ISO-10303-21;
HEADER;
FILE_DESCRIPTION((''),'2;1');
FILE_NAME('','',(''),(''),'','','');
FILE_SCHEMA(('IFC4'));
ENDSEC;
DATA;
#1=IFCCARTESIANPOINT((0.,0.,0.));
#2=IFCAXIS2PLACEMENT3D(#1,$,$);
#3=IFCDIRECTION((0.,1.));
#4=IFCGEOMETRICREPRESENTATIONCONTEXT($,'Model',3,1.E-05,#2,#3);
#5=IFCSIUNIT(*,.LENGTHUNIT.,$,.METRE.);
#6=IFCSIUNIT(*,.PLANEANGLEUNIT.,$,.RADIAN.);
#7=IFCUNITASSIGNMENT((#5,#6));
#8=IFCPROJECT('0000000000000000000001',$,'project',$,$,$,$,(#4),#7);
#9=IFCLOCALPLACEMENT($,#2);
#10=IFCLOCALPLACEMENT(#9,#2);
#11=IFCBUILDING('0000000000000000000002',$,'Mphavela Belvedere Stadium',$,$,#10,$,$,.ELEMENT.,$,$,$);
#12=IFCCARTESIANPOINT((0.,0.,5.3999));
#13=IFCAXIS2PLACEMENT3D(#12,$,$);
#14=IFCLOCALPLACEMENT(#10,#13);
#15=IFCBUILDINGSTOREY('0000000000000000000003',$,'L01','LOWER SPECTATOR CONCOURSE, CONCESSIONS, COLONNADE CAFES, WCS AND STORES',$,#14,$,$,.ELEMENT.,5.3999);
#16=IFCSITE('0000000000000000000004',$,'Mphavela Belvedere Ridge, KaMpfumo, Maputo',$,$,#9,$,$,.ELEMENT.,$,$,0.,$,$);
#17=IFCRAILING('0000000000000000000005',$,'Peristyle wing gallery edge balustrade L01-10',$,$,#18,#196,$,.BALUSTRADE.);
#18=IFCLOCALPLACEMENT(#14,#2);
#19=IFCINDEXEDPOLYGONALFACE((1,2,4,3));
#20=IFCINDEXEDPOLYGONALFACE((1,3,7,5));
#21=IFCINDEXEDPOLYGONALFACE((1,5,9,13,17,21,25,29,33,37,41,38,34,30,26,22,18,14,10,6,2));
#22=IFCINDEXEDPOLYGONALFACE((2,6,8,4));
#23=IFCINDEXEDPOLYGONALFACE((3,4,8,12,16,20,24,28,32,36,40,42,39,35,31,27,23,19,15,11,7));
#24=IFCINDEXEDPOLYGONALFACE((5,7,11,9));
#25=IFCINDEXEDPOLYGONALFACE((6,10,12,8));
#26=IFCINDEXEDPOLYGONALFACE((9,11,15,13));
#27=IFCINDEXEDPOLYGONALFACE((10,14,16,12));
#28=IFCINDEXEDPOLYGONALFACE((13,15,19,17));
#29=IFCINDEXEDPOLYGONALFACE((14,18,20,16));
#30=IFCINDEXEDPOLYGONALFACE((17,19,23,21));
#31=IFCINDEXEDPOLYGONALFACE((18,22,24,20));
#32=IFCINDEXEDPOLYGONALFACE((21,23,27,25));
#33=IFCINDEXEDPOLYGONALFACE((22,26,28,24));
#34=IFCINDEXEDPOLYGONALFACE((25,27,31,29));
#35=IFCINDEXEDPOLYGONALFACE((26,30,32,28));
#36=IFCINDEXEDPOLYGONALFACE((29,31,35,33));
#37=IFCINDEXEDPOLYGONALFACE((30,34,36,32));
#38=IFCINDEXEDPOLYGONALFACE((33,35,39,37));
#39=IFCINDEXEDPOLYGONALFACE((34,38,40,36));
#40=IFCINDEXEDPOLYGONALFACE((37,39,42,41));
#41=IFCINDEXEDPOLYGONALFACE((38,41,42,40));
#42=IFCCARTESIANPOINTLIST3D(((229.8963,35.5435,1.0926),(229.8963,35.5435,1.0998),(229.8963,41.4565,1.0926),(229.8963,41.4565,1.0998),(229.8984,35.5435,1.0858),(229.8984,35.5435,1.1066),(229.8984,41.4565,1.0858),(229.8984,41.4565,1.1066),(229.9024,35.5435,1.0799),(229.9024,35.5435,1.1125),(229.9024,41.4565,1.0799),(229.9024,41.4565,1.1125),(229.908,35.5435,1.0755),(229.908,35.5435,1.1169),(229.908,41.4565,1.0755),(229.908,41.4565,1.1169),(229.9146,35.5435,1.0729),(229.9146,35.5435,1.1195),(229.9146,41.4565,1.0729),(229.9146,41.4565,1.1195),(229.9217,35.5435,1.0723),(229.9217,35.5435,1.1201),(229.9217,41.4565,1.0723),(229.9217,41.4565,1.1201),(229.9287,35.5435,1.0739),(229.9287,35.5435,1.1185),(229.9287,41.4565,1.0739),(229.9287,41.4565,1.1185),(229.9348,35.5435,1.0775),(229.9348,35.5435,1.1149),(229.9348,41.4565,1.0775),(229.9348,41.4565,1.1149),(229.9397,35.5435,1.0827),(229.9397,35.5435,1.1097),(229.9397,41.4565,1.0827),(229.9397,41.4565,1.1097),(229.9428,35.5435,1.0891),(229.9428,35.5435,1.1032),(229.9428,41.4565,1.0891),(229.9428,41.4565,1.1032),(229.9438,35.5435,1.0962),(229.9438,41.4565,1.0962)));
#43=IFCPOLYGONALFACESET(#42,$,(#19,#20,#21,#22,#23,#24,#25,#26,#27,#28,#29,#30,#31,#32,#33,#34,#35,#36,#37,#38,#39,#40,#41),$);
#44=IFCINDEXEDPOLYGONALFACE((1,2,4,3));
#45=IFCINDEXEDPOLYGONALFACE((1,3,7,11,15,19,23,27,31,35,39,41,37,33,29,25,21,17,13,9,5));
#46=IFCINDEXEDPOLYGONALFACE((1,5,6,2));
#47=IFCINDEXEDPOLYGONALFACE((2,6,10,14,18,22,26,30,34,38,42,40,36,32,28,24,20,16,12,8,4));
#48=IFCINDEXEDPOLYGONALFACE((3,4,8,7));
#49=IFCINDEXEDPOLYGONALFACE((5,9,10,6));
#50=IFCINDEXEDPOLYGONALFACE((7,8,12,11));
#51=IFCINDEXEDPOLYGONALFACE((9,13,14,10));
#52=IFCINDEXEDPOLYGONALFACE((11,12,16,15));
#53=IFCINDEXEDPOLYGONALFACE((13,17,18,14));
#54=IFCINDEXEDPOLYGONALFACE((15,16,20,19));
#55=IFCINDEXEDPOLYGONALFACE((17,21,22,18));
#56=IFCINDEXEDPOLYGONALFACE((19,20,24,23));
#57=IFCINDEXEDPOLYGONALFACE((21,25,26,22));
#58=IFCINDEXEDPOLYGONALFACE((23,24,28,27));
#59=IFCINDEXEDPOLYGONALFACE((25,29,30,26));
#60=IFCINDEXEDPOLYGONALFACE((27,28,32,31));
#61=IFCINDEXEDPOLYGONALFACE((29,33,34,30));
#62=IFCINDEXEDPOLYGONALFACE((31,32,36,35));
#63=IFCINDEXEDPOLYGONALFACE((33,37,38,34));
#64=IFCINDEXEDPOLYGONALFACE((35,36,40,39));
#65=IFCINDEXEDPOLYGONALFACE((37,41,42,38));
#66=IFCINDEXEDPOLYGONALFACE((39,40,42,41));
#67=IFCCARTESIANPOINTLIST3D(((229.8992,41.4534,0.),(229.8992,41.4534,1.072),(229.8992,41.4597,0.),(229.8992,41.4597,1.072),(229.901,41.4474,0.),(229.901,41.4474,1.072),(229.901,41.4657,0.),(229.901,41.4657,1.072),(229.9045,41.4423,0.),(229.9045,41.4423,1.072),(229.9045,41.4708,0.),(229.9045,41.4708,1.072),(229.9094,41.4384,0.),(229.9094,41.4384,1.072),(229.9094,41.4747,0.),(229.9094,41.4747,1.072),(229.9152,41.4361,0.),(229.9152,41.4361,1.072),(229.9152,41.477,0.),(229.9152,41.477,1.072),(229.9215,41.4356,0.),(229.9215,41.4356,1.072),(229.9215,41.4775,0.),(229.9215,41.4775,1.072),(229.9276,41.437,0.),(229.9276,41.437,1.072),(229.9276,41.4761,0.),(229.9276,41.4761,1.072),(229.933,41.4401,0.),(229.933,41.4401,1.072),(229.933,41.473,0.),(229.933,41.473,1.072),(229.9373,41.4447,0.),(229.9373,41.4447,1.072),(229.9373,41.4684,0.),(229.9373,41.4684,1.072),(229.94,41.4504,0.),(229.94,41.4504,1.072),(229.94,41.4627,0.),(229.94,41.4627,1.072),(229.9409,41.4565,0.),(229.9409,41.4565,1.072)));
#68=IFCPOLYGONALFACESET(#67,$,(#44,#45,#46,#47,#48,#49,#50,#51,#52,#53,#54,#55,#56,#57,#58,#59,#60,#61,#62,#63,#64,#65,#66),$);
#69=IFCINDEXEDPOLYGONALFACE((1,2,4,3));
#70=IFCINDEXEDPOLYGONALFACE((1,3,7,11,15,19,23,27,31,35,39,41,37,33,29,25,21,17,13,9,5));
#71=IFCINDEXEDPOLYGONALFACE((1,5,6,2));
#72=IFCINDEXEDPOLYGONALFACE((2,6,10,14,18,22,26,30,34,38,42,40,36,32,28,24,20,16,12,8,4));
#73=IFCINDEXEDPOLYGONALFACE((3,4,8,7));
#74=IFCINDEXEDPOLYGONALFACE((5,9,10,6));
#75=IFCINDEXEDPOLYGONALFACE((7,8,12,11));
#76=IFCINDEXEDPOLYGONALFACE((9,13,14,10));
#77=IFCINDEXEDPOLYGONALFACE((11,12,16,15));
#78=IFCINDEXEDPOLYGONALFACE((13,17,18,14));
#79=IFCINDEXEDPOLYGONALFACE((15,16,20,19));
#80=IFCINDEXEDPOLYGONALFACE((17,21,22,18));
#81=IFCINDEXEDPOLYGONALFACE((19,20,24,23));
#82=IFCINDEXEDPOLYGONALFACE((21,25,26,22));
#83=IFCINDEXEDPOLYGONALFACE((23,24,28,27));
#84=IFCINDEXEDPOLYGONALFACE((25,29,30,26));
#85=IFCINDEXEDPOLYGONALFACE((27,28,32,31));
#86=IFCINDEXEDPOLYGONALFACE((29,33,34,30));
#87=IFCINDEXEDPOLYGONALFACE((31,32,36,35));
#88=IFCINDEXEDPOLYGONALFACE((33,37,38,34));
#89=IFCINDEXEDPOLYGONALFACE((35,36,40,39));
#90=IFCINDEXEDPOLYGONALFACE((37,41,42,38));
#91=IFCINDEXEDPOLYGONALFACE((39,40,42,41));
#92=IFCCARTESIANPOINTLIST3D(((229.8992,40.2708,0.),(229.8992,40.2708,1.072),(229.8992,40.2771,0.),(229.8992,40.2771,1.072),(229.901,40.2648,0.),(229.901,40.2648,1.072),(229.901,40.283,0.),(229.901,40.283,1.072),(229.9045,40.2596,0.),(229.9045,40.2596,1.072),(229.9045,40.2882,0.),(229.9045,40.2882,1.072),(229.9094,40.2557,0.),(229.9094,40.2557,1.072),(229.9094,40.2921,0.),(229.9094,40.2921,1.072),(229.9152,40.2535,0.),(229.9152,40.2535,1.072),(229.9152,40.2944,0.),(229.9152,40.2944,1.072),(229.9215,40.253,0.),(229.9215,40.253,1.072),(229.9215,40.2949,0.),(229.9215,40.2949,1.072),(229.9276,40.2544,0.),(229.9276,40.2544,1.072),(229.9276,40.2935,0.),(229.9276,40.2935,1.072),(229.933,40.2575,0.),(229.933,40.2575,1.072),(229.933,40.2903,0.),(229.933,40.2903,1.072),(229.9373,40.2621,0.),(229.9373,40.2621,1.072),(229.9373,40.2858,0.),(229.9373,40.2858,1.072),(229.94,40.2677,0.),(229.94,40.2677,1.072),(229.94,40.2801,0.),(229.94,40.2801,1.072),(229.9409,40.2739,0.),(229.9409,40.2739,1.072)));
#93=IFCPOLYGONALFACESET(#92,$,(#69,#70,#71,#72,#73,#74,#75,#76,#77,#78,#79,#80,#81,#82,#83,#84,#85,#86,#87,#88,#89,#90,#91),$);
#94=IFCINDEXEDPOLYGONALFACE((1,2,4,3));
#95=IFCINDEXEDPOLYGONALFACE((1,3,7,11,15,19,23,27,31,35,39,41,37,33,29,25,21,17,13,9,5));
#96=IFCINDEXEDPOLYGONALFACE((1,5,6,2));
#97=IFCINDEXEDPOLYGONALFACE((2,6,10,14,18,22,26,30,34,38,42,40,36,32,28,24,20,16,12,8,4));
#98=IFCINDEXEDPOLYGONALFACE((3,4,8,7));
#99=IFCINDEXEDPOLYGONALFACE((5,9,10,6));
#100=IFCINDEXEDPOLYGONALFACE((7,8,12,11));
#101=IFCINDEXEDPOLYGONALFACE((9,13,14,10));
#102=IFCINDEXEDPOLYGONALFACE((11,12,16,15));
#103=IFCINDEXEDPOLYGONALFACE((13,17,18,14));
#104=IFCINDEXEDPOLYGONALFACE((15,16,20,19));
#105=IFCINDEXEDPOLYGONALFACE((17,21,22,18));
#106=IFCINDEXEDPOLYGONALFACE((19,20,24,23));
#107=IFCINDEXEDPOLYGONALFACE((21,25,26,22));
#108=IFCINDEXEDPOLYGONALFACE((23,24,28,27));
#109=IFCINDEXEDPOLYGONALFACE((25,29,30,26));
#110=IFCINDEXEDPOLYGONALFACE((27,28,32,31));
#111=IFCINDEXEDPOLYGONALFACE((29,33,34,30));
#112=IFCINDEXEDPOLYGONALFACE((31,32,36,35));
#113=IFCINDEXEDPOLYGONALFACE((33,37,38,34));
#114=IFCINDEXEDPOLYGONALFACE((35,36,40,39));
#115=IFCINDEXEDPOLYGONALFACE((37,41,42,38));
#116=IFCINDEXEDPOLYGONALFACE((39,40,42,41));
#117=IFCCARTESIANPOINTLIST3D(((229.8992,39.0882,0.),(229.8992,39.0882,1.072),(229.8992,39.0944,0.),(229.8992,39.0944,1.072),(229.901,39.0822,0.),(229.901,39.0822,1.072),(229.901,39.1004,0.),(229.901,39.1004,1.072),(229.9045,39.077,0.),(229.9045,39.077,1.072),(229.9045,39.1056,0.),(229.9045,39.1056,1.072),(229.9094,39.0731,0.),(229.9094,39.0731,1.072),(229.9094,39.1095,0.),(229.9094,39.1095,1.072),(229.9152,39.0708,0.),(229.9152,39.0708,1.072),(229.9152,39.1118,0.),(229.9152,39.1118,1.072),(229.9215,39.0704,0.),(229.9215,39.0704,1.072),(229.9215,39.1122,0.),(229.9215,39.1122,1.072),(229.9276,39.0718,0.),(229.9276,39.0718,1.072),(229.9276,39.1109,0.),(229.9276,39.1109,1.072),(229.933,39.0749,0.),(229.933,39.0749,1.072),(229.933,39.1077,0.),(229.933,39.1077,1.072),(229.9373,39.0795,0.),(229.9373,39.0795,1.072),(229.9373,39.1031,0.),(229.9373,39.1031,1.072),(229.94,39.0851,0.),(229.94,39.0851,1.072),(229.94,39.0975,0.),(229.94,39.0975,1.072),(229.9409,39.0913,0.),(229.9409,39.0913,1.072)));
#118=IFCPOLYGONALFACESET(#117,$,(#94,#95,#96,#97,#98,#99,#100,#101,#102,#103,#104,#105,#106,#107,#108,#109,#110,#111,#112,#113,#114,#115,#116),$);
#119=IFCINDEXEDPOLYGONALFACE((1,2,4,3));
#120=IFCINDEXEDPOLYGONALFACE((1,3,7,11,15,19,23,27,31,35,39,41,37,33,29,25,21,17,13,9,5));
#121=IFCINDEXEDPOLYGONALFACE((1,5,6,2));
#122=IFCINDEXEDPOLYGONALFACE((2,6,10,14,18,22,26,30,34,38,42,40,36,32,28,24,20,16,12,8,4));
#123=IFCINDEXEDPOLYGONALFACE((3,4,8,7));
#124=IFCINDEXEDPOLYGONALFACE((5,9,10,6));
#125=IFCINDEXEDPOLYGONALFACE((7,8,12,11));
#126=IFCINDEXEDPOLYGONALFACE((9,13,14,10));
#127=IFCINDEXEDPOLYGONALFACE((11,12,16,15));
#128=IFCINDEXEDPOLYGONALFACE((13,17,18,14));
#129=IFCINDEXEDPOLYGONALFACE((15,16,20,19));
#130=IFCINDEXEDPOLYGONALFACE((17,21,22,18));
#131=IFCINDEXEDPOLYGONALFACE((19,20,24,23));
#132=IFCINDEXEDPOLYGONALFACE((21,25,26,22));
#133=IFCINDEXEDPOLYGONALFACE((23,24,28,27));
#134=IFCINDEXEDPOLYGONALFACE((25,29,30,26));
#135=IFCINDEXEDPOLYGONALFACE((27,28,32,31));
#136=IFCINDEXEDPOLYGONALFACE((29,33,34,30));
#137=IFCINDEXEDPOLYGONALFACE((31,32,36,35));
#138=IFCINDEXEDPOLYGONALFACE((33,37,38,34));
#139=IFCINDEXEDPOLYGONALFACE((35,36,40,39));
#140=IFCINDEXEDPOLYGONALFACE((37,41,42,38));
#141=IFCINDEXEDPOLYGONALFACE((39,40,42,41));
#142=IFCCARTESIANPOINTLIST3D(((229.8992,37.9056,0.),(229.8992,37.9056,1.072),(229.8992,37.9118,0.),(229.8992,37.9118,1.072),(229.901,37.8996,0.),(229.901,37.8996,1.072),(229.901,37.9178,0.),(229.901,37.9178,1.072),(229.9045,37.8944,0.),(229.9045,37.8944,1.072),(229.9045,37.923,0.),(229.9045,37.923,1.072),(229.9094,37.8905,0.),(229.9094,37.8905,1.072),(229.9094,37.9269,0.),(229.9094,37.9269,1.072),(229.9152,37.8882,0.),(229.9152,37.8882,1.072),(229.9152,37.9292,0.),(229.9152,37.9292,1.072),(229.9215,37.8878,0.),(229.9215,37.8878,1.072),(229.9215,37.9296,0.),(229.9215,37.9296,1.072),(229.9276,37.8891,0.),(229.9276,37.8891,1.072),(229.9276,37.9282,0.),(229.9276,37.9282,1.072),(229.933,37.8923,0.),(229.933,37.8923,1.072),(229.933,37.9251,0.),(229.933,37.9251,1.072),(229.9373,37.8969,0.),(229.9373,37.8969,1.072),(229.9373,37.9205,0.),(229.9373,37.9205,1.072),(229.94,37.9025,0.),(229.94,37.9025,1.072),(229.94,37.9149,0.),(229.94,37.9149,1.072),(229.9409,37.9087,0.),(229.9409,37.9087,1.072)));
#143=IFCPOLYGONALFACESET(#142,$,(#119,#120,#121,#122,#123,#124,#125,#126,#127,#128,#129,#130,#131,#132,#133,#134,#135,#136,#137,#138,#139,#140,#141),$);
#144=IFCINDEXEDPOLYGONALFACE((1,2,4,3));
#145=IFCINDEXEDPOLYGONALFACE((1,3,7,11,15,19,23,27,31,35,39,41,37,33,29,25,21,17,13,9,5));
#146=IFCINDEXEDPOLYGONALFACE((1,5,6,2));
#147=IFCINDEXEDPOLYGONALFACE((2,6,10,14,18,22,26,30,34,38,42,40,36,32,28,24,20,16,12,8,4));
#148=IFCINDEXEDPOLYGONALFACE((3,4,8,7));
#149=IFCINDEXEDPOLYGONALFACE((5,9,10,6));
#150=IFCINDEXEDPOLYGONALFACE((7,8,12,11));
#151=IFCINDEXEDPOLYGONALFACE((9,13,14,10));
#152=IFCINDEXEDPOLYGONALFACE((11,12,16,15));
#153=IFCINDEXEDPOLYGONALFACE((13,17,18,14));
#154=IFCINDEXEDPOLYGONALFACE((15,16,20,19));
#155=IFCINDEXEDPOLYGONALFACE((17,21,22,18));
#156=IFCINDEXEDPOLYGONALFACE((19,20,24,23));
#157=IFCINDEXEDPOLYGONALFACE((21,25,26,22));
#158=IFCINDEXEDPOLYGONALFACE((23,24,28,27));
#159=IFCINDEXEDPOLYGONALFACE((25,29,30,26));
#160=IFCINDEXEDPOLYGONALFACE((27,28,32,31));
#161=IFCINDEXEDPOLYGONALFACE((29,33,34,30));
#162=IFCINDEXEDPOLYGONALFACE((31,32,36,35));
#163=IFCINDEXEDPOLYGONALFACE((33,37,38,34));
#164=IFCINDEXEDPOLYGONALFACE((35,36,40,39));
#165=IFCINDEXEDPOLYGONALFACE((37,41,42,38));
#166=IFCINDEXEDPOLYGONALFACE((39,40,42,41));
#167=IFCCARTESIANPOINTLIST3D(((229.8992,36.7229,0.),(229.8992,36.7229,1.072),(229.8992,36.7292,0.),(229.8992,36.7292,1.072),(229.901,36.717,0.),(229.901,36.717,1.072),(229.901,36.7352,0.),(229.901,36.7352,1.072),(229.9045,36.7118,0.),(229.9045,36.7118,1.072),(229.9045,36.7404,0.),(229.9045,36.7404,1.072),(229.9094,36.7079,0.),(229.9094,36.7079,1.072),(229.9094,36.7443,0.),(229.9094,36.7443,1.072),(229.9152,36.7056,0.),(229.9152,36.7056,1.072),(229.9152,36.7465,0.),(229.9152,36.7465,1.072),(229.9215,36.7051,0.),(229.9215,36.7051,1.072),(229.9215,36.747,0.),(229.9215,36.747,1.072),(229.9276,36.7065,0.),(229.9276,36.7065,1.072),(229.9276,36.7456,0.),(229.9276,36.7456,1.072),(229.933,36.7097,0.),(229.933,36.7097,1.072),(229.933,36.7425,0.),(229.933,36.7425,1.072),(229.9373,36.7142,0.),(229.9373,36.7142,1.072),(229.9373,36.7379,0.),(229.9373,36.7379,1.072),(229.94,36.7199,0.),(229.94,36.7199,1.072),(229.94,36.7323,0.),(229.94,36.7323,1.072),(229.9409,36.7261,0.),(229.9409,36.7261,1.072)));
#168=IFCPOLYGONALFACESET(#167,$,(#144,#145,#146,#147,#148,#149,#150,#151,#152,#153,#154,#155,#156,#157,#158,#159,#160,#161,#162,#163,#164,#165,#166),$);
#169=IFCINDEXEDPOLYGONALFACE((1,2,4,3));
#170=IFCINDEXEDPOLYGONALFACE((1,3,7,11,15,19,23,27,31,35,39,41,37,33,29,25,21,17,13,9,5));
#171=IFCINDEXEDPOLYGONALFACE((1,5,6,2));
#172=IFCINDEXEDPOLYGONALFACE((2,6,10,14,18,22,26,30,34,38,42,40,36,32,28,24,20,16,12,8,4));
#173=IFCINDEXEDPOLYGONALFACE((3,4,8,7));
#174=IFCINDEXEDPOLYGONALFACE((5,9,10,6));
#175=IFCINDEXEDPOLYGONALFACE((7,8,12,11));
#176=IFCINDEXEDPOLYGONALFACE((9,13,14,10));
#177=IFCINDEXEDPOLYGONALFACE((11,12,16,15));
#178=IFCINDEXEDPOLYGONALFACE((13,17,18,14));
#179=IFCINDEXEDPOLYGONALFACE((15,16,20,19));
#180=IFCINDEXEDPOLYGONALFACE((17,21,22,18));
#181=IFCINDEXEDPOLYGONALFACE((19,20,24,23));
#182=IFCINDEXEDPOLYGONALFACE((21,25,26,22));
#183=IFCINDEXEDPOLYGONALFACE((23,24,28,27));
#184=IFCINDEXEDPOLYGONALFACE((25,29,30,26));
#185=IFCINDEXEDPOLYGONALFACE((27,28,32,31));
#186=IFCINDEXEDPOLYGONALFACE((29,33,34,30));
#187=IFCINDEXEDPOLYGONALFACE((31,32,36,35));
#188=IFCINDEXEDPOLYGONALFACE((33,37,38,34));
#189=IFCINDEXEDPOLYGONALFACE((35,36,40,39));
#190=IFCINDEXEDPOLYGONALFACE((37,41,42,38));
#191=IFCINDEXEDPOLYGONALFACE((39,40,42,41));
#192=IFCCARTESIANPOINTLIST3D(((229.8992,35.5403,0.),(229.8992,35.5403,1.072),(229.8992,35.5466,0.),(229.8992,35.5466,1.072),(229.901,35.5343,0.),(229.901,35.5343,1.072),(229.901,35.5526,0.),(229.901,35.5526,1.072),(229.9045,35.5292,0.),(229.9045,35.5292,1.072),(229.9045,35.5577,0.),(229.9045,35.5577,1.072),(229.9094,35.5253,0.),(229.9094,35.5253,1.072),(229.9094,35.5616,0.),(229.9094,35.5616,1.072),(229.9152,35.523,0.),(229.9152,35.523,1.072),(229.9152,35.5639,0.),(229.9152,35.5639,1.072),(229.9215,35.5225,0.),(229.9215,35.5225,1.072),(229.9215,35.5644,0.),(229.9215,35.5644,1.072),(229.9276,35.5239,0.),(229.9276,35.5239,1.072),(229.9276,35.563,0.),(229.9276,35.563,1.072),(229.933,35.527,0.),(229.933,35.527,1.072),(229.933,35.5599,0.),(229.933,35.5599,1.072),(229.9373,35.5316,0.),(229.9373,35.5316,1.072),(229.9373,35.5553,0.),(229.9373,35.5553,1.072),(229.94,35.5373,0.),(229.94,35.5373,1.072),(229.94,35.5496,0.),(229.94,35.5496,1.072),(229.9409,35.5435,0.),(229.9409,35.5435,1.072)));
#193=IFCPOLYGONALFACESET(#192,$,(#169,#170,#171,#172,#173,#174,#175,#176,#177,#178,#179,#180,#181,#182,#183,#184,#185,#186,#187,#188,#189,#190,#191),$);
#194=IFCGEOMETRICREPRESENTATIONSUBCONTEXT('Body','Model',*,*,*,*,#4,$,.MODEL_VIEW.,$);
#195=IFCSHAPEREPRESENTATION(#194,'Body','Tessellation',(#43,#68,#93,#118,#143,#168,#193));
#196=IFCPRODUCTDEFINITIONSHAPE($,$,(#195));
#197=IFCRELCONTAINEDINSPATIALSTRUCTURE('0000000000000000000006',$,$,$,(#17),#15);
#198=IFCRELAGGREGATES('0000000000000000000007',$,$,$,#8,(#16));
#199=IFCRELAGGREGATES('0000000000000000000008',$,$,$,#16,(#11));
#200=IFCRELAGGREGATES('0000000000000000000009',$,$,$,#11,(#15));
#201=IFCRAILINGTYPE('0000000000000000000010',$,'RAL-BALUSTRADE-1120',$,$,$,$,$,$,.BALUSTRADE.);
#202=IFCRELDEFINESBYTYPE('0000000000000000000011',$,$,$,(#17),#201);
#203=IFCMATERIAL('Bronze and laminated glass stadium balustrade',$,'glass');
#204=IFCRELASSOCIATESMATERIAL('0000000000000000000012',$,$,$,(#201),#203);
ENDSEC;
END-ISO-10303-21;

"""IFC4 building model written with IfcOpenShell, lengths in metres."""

from ifc_helpers import new_model, si_unit, direction, frame, origin, origin_2d, place, context, subcontext, project, spatial, circle, extrude, material, type_object, element, save


model = new_model("IFC4")

# Units and contexts
model_context = context("Model", 3, precision=1e-05, world=origin(), true_north=direction((0.0, 1.0)))
body_context = subcontext(model_context, "Body", "Model", "MODEL_VIEW")
ifc_project = project(units=[si_unit("LENGTHUNIT", "METRE"), si_unit("PLANEANGLEUNIT", "RADIAN")], contexts=[model_context])

# Site, building, storey
site_placement = place(None, origin())
site = spatial("IfcSite", under=ifc_project, at=site_placement, Name="Mphavela Belvedere Ridge, KaMpfumo, Maputo", CompositionType="ELEMENT", RefElevation=0.0)
building_placement = place(site_placement, origin())
building = spatial("IfcBuilding", under=site, at=building_placement, Name="Mphavela Belvedere Stadium", CompositionType="ELEMENT")
storey_placement = place(building_placement, frame((0.0, 0.0, 5.3999)))
storey = spatial("IfcBuildingStorey", under=building, at=storey_placement, Name="L01", Description="LOWER SPECTATOR CONCOURSE, CONCESSIONS, COLONNADE CAFES, WCS AND STORES", CompositionType="ELEMENT", Elevation=5.3999)

# Railing
ifc_material_1 = material(Name="Bronze and laminated glass stadium balustrade", Category="glass")
railing_type = type_object("IfcRailingType", Name="RAL-BALUSTRADE-1120", PredefinedType="BALUSTRADE", material=ifc_material_1)
for number, where, name in (
    (1, (229.9199, 41.4565, 0.0), "Peristyle wing gallery edge balustrade L01-10"),
):
    element("IfcRailing", number, at=place(storey_placement, frame(where)), inside=storey, type_object=railing_type, Name=name, PredefinedType="BALUSTRADE", context=body_context, shape_type="SweptSolid", body=[
        extrude(circle(Radius=0.0239, at=origin_2d()), frame((0.0, 0.0, 1.0962), z_axis=(0.0, -1.0, 0.0), x_axis=(1.0, 0.0, 0.0)), (0.0, 0.0, 1.0), 5.9131),
        extrude(circle(Radius=0.021, at=origin_2d()), origin(), (0.0, 0.0, 1.0), 1.072),
        extrude(circle(Radius=0.021, at=origin_2d()), frame((0.0, -1.1826, 0.0)), (0.0, 0.0, 1.0), 1.072),
        extrude(circle(Radius=0.021, at=origin_2d()), frame((0.0, -2.3652, 0.0)), (0.0, 0.0, 1.0), 1.072),
        extrude(circle(Radius=0.021, at=origin_2d()), frame((0.0, -3.5479, 0.0)), (0.0, 0.0, 1.0), 1.072),
        extrude(circle(Radius=0.021, at=origin_2d()), frame((0.0, -4.7305, 0.0)), (0.0, 0.0, 1.0), 1.072),
        extrude(circle(Radius=0.021, at=origin_2d()), frame((0.0, -5.9131, 0.0)), (0.0, 0.0, 1.0), 1.072),
    ])

save(model, "model.ifc")
